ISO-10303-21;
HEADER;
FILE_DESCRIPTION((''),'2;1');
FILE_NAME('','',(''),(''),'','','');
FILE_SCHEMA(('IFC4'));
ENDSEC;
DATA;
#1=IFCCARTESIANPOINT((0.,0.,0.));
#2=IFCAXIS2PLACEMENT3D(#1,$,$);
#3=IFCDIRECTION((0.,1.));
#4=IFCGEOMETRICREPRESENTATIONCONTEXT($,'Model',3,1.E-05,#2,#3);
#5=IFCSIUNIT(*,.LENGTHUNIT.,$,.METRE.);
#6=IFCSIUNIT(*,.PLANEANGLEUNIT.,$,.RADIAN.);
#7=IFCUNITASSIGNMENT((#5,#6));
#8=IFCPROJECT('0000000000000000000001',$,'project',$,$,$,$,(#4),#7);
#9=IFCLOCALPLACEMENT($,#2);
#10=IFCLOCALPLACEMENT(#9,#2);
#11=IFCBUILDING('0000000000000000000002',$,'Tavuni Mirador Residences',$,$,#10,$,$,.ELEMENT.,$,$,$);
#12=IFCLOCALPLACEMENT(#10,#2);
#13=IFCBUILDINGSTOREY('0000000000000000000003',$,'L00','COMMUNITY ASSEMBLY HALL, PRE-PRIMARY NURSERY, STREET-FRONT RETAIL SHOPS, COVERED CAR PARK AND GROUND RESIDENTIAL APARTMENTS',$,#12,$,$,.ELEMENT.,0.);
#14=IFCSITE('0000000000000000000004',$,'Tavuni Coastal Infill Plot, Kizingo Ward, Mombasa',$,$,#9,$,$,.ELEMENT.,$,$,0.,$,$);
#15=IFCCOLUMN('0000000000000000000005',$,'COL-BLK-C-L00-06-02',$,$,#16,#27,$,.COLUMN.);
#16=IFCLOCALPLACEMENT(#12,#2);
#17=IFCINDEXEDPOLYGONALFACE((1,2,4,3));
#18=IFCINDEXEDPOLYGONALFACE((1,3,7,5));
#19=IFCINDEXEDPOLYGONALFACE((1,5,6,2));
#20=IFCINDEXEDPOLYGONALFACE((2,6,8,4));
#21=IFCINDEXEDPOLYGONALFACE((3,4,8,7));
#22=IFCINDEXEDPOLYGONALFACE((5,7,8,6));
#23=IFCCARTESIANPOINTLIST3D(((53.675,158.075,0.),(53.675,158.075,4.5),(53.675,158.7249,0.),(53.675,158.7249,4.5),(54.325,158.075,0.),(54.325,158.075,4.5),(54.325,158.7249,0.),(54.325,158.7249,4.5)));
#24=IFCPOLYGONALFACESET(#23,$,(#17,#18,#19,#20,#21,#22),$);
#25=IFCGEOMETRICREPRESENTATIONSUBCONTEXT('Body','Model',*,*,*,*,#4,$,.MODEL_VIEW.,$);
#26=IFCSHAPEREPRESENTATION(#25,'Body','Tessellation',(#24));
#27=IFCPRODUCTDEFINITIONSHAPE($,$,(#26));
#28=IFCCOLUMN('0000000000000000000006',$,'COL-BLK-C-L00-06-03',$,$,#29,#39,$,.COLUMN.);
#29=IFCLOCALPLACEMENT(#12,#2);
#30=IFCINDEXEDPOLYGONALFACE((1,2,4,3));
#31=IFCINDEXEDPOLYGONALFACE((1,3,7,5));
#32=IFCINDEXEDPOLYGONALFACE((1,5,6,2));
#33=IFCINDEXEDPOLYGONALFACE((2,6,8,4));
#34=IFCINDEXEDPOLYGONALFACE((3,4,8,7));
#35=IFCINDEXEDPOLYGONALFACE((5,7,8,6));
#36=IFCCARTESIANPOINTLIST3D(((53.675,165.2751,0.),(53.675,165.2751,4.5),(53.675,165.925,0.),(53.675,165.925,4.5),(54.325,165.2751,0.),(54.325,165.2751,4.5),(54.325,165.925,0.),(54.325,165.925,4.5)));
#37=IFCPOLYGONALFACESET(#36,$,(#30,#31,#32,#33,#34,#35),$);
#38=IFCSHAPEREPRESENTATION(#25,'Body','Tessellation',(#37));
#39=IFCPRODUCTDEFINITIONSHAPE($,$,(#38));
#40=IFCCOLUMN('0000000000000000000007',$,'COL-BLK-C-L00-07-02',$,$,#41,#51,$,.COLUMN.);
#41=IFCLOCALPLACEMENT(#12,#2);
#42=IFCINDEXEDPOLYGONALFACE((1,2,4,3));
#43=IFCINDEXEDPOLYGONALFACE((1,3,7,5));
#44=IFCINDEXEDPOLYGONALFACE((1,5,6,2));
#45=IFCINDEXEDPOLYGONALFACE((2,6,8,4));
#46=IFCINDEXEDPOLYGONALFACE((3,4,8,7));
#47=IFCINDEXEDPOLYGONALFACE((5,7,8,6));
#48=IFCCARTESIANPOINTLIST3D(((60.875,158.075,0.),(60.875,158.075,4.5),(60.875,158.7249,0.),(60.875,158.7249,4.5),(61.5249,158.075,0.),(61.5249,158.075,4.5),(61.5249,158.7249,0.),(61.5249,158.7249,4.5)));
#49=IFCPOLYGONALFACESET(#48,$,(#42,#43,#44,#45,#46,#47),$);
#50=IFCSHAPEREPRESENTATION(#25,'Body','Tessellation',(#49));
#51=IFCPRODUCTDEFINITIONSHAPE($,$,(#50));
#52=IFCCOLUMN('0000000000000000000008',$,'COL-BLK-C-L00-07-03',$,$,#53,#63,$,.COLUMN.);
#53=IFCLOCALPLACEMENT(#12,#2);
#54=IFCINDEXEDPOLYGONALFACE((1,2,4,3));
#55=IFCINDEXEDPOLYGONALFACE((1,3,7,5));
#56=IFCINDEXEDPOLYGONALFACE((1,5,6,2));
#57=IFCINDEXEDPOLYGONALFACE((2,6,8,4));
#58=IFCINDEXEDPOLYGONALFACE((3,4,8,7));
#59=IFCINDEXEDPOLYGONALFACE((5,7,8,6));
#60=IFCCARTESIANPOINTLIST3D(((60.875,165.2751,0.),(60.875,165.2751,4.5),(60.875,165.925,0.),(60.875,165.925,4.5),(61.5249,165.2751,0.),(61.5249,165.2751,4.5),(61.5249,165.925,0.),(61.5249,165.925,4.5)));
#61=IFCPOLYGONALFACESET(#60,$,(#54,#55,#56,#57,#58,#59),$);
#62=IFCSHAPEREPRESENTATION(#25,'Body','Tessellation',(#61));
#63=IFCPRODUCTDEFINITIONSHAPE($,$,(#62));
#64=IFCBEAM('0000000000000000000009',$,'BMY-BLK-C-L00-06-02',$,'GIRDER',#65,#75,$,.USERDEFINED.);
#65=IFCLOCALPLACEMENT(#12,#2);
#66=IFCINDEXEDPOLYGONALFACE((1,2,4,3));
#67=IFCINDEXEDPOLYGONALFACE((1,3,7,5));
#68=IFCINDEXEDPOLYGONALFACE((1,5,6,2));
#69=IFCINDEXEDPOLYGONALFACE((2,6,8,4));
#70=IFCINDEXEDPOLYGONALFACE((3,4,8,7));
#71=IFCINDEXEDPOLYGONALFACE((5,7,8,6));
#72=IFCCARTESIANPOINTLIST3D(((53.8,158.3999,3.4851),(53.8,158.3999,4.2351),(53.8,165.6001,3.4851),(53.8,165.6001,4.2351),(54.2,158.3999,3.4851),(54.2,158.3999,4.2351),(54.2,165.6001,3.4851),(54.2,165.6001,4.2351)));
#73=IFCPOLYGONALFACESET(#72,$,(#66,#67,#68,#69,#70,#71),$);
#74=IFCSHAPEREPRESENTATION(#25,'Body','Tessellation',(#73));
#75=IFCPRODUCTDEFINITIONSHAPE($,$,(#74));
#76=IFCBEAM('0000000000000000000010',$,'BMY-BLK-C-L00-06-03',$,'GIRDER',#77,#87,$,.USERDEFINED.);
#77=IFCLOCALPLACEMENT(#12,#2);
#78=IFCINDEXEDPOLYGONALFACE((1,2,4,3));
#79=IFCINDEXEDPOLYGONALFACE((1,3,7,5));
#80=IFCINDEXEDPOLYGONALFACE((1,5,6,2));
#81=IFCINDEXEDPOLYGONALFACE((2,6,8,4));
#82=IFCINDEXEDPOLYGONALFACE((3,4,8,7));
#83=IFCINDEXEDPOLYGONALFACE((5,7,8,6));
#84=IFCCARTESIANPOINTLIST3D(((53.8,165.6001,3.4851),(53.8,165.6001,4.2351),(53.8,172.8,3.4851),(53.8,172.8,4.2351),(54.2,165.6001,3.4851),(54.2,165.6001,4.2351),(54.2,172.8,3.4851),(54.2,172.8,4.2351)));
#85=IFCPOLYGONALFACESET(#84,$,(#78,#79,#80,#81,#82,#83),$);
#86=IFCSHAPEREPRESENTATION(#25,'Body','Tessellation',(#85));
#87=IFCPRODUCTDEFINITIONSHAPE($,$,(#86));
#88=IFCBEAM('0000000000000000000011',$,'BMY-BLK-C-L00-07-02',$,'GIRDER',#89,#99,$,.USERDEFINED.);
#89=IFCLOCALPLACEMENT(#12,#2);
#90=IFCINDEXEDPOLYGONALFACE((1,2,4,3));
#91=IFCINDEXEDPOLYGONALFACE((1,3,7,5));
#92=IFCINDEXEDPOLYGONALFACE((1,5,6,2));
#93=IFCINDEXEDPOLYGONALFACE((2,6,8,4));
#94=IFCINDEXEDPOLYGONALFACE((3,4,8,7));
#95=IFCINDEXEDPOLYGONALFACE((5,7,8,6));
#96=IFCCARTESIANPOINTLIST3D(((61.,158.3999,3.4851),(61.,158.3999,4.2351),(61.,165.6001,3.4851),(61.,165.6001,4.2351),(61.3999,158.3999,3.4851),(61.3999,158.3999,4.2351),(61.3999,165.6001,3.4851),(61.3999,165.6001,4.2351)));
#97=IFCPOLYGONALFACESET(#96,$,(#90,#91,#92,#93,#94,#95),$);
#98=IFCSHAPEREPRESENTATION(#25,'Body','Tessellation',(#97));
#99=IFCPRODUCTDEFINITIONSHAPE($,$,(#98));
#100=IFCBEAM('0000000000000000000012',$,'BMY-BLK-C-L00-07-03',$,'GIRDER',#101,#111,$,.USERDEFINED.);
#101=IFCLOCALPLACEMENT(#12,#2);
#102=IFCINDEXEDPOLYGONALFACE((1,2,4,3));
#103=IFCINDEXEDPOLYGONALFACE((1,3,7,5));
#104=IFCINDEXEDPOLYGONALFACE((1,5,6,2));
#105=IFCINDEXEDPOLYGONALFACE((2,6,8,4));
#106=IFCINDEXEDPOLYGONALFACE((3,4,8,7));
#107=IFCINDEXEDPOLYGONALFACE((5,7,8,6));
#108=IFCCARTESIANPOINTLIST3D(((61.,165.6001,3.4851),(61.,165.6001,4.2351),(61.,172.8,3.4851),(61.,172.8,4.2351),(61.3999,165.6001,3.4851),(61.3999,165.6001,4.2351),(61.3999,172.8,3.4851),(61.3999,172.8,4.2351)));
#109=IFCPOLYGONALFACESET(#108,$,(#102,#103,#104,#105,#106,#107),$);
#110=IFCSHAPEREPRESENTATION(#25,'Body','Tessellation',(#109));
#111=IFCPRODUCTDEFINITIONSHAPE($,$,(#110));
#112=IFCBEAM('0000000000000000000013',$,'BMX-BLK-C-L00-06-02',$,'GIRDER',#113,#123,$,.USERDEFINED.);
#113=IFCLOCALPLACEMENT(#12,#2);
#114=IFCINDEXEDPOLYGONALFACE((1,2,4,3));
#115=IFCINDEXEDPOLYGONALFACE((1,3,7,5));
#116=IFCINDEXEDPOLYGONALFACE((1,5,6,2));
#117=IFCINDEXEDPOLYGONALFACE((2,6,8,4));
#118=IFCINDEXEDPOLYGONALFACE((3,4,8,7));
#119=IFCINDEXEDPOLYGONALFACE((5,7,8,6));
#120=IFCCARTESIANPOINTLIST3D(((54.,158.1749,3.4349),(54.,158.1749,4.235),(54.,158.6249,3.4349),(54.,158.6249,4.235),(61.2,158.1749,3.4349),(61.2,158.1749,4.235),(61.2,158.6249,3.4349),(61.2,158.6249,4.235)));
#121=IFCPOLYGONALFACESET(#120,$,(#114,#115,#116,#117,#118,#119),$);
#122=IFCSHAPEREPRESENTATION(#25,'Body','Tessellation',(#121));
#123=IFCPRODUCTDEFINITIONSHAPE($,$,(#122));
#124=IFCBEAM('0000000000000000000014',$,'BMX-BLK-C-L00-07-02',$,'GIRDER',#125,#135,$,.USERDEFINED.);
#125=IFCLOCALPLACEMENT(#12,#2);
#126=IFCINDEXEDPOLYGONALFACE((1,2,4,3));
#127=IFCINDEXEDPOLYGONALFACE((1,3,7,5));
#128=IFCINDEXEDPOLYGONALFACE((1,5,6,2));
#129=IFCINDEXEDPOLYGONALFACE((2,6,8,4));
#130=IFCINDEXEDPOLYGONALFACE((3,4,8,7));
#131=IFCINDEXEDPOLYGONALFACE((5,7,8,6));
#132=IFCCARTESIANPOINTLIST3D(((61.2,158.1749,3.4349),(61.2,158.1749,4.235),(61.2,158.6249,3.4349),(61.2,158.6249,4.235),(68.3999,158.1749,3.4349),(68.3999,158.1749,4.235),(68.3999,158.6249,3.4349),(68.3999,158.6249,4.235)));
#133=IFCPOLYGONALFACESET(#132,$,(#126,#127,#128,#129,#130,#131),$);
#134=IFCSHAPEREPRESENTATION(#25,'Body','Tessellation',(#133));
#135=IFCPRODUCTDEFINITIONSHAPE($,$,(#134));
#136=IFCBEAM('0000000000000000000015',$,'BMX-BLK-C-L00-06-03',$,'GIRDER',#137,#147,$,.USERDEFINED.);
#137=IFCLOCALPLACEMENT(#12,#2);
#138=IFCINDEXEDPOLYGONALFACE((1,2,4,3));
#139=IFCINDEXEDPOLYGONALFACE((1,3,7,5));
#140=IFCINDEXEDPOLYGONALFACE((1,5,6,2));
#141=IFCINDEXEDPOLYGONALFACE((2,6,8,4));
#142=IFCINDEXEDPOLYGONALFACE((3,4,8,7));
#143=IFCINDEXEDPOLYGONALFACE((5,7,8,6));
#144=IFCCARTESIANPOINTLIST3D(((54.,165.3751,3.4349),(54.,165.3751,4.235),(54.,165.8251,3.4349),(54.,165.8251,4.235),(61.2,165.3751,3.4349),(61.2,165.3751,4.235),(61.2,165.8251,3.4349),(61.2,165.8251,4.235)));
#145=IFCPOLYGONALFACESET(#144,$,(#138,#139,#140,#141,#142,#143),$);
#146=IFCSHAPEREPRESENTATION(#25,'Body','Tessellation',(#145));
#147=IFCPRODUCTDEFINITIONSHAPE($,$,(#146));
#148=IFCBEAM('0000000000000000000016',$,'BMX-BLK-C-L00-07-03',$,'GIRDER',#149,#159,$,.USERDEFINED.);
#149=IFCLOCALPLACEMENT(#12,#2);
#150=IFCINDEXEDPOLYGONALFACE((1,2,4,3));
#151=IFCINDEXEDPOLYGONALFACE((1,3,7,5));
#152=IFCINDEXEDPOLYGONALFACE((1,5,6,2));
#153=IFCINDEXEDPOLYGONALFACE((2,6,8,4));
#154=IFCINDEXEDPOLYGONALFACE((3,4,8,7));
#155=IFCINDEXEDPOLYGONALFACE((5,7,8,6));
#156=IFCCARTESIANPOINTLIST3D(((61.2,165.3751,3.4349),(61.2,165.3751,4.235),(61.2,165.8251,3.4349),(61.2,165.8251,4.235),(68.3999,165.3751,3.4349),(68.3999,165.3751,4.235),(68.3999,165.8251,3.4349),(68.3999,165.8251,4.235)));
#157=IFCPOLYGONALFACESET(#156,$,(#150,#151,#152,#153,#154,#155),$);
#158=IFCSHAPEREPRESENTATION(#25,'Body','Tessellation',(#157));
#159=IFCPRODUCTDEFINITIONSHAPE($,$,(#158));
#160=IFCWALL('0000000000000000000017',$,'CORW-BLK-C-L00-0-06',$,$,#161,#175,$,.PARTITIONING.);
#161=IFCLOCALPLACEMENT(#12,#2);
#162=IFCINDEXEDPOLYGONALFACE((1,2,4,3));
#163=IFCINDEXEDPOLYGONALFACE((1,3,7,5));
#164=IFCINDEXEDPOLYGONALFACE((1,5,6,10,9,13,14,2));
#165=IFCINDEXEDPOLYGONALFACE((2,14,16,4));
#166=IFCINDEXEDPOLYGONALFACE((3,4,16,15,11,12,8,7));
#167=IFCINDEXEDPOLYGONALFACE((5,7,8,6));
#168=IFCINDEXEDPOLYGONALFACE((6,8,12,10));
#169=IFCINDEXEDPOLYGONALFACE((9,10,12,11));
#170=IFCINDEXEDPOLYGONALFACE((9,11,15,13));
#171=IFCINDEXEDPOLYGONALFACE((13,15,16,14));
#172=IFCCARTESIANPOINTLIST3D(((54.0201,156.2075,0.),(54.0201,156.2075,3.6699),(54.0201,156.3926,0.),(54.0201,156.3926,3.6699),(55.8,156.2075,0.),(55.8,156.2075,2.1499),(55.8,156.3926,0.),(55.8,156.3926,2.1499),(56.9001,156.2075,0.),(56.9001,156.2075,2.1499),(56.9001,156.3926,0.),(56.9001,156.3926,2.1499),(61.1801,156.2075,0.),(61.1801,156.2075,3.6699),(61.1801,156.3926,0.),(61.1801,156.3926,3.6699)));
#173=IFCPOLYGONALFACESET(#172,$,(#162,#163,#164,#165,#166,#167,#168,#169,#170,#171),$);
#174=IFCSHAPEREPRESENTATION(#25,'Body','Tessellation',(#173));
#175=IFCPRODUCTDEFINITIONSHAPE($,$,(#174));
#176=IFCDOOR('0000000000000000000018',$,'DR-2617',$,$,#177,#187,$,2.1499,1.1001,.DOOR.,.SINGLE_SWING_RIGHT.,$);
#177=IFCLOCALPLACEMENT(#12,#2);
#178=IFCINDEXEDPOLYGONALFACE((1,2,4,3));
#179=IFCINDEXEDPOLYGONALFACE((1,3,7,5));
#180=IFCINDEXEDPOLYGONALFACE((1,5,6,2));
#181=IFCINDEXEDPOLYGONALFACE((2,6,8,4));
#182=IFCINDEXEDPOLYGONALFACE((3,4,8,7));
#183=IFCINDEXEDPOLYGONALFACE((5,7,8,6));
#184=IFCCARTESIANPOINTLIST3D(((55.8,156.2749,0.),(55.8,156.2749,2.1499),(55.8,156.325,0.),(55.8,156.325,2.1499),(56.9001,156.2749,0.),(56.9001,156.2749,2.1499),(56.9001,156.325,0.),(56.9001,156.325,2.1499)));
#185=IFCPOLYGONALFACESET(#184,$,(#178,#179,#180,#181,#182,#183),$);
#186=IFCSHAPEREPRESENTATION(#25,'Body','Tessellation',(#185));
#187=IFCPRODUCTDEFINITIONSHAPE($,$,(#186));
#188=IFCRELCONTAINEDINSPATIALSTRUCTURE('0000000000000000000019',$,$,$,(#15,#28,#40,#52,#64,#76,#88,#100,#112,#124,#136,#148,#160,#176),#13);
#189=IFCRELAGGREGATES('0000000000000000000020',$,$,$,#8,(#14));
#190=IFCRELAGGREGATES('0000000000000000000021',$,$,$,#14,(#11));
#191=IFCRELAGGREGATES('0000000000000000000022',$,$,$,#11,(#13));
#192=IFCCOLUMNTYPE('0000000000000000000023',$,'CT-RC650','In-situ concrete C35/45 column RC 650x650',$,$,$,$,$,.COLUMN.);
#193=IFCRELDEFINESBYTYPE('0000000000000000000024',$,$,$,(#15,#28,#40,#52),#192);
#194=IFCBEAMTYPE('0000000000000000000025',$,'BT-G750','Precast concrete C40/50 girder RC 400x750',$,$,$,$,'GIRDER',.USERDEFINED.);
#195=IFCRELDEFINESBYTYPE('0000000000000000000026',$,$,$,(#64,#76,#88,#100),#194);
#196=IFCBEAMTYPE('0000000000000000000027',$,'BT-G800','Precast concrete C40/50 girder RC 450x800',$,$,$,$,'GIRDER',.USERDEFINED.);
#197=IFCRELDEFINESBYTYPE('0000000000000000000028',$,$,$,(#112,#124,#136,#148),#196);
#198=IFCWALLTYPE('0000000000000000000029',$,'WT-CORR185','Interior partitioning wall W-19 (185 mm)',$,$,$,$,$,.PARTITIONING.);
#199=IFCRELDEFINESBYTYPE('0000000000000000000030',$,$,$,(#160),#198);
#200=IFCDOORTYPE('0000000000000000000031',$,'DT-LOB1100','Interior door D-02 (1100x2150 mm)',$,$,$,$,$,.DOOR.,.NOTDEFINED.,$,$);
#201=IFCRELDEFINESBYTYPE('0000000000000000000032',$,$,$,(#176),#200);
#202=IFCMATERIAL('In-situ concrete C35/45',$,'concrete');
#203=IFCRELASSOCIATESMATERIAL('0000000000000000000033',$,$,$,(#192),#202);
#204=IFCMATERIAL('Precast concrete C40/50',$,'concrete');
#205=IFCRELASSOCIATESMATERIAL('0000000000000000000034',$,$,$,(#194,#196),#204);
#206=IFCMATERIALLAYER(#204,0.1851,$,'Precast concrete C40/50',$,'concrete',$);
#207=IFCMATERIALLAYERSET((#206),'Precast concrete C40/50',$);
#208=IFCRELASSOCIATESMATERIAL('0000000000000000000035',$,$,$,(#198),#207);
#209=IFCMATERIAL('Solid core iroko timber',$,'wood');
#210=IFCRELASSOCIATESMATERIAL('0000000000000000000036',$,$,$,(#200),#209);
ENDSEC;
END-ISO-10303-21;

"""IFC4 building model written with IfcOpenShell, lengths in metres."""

from ifc_helpers import new_model, si_unit, direction, frame, frame_2d, origin, origin_2d, place, context, subcontext, project, spatial, rectangle, extrude, material, layer, layer_set, material_profile, profile_set, type_object, element, fill, save


model = new_model("IFC4")

# Units and contexts
model_context = context("Model", 3, precision=1e-05, world=origin(), true_north=direction((0.0, 1.0)))
body_context = subcontext(model_context, "Body", "Model", "MODEL_VIEW")
ifc_project = project(units=[si_unit("LENGTHUNIT", "METRE"), si_unit("PLANEANGLEUNIT", "RADIAN")], contexts=[model_context])

# Site, building, storey
site_placement = place(None, origin())
site = spatial("IfcSite", under=ifc_project, at=site_placement, Name="Tavuni Coastal Infill Plot, Kizingo Ward, Mombasa", CompositionType="ELEMENT", RefElevation=0.0)
building_placement = place(site_placement, origin())
building = spatial("IfcBuilding", under=site, at=building_placement, Name="Tavuni Mirador Residences", CompositionType="ELEMENT")
storey_placement = place(building_placement, origin())
storey = spatial("IfcBuildingStorey", under=building, at=storey_placement, Name="L00", Description="COMMUNITY ASSEMBLY HALL, PRE-PRIMARY NURSERY, STREET-FRONT RETAIL SHOPS, COVERED CAR PARK AND GROUND RESIDENTIAL APARTMENTS", CompositionType="ELEMENT", Elevation=0.0)

# Columns
ifc_material_1 = material(Name="In-situ concrete C35/45", Category="concrete")
ifc_material_profile_1 = material_profile(ifc_material_1, rectangle(XDim=0.6499, YDim=0.6499, at=origin_2d()), Name="RC 650x650", Category="concrete")
ifc_profile_set_1 = profile_set([ifc_material_profile_1], Name="In-situ concrete C35/45")
column_type = type_object("IfcColumnType", Name="CT-RC650", Description="In-situ concrete C35/45 column RC 650x650", PredefinedType="COLUMN", material=ifc_profile_set_1)
for number, where, z_axis, x_axis, name in (
    (1, (54.0, 158.3999, 0.0), (0.0, 0.0, 1.0), (1.0, 0.0, 0.0), "COL-BLK-C-L00-06-02"),
    (2, (54.0, 165.6001, 0.0), (0.0, 0.0, 1.0), (1.0, 0.0, 0.0), "COL-BLK-C-L00-06-03"),
    (3, (61.2, 158.3999, 0.0), (0.0, 0.0, 1.0), (1.0, 0.0, 0.0), "COL-BLK-C-L00-07-02"),
    (4, (61.2, 165.6001, 0.0), (0.0, 0.0, 1.0), (1.0, 0.0, 0.0), "COL-BLK-C-L00-07-03"),
):
    element("IfcColumn", number, at=place(storey_placement, frame(where, z_axis=z_axis, x_axis=x_axis)), inside=storey, type_object=column_type, Name=name, PredefinedType="COLUMN", context=body_context, shape_type="SweptSolid", body=[
        extrude(rectangle(XDim=0.6499, YDim=0.6499, at=origin_2d()), origin(), (0.0, 0.0, 1.0), 4.5),
    ])

# Beams
ifc_material_2 = material(Name="Precast concrete C40/50", Category="concrete")
ifc_material_profile_2 = material_profile(ifc_material_2, rectangle(XDim=0.3999, YDim=0.75, at=origin_2d()), Name="RC 400x750", Category="concrete")
ifc_profile_set_2 = profile_set([ifc_material_profile_2], Name="Precast concrete C40/50")
beam_type_1 = type_object("IfcBeamType", Name="BT-G750", Description="Precast concrete C40/50 girder RC 400x750", ElementType="GIRDER", PredefinedType="USERDEFINED", material=ifc_profile_set_2)
beam_1_placement = place(storey_placement, frame((54.0, 158.3999, 3.8601), z_axis=(0.0, 1.0, 0.0), x_axis=(-1.0, 0.0, 0.0)))
element("IfcBeam", 5, at=beam_1_placement, inside=storey, type_object=beam_type_1, Name="BMY-BLK-C-L00-06-02", ObjectType="GIRDER", PredefinedType="USERDEFINED", context=body_context, shape_type="SweptSolid", body=[
    extrude(rectangle(XDim=0.3999, YDim=0.75, at=origin_2d()), origin(), (0.0, 0.0, 1.0), 7.2002),
])
beam_2_placement = place(storey_placement, frame((54.0, 165.6001, 3.8601), z_axis=(0.0, 1.0, 0.0), x_axis=(-1.0, 0.0, 0.0)))
element("IfcBeam", 6, at=beam_2_placement, inside=storey, type_object=beam_type_1, Name="BMY-BLK-C-L00-06-03", ObjectType="GIRDER", PredefinedType="USERDEFINED", context=body_context, shape_type="SweptSolid", body=[
    extrude(rectangle(XDim=0.3999, YDim=0.75, at=origin_2d()), origin(), (0.0, 0.0, 1.0), 7.2),
])
beam_3_placement = place(storey_placement, frame((61.2, 158.3999, 3.8601), z_axis=(0.0, 1.0, 0.0), x_axis=(-1.0, 0.0, 0.0)))
element("IfcBeam", 7, at=beam_3_placement, inside=storey, type_object=beam_type_1, Name="BMY-BLK-C-L00-07-02", ObjectType="GIRDER", PredefinedType="USERDEFINED", context=body_context, shape_type="SweptSolid", body=[
    extrude(rectangle(XDim=0.3999, YDim=0.75, at=origin_2d()), origin(), (0.0, 0.0, 1.0), 7.2002),
])
beam_4_placement = place(storey_placement, frame((61.2, 165.6001, 3.8601), z_axis=(0.0, 1.0, 0.0), x_axis=(-1.0, 0.0, 0.0)))
element("IfcBeam", 8, at=beam_4_placement, inside=storey, type_object=beam_type_1, Name="BMY-BLK-C-L00-07-03", ObjectType="GIRDER", PredefinedType="USERDEFINED", context=body_context, shape_type="SweptSolid", body=[
    extrude(rectangle(XDim=0.3999, YDim=0.75, at=origin_2d()), origin(), (0.0, 0.0, 1.0), 7.2),
])
ifc_material_profile_3 = material_profile(ifc_material_2, rectangle(XDim=0.45, YDim=0.8, at=origin_2d()), Name="RC 450x800", Category="concrete")
ifc_profile_set_3 = profile_set([ifc_material_profile_3], Name="Precast concrete C40/50")
beam_type_2 = type_object("IfcBeamType", Name="BT-G800", Description="Precast concrete C40/50 girder RC 450x800", ElementType="GIRDER", PredefinedType="USERDEFINED", material=ifc_profile_set_3)
for number, where, z_axis, x_axis, name in (
    (9, (54.0, 158.3999, 3.835), (1.0, 0.0, 0.0), (0.0, 1.0, 0.0), "BMX-BLK-C-L00-06-02"),
    (10, (61.2, 158.3999, 3.835), (1.0, 0.0, 0.0), (0.0, 1.0, 0.0), "BMX-BLK-C-L00-07-02"),
    (11, (54.0, 165.6001, 3.835), (1.0, 0.0, 0.0), (0.0, 1.0, 0.0), "BMX-BLK-C-L00-06-03"),
    (12, (61.2, 165.6001, 3.835), (1.0, 0.0, 0.0), (0.0, 1.0, 0.0), "BMX-BLK-C-L00-07-03"),
):
    element("IfcBeam", number, at=place(storey_placement, frame(where, z_axis=z_axis, x_axis=x_axis)), inside=storey, type_object=beam_type_2, Name=name, ObjectType="GIRDER", PredefinedType="USERDEFINED", context=body_context, shape_type="SweptSolid", body=[
        extrude(rectangle(XDim=0.45, YDim=0.8, at=origin_2d()), origin(), (0.0, 0.0, 1.0), 7.2),
    ])

# Wall, opening, door
ifc_layer_1 = layer(ifc_material_2, 0.1851, Name="Precast concrete C40/50", Category="concrete")
ifc_layer_set_1 = layer_set([ifc_layer_1], Name="Precast concrete C40/50")
wall_type_1 = type_object("IfcWallType", Name="WT-CORR185", Description="Interior partitioning wall W-19 (185 mm)", PredefinedType="PARTITIONING", material=ifc_layer_set_1)
wall_1_placement = place(storey_placement, frame((54.02, 156.3, 0.0), z_axis=(0.0, 0.0, 1.0), x_axis=(1.0, 0.0, 0.0)))
wall_1 = element("IfcWall", 13, at=wall_1_placement, inside=storey, type_object=wall_type_1, Name="CORW-BLK-C-L00-0-06", PredefinedType="PARTITIONING", context=body_context, shape_type="SweptSolid", body=[
    extrude(rectangle(XDim=7.1599, YDim=0.1851, at=frame_2d((3.5801, 0.0))), origin(), (0.0, 0.0, 1.0), 3.6699),
])
opening_1_placement = place(wall_1_placement, frame((1.78, 0.0, 0.0)))
opening_1 = element("IfcOpeningElement", 14, at=opening_1_placement, cuts=wall_1, PredefinedType="OPENING", context=body_context, shape_type="SweptSolid", body=[
    extrude(rectangle(XDim=1.1001, YDim=2.1499, at=frame_2d((0.55, 1.075))), frame((0.0, 0.1025, 0.0), z_axis=(0.0, -1.0, 0.0), x_axis=(1.0, 0.0, 0.0)), (0.0, 0.0, 1.0), 0.2051),
])
ifc_material_3 = material(Name="Solid core iroko timber", Category="wood")
door_type_1 = type_object("IfcDoorType", Name="DT-LOB1100", Description="Interior door D-02 (1100x2150 mm)", OperationType="NOTDEFINED", PredefinedType="DOOR", material=ifc_material_3)
door_1_placement = place(opening_1_placement, origin())
door_1 = element("IfcDoor", 15, at=door_1_placement, inside=storey, type_object=door_type_1, Name="DR-2617", OperationType="SINGLE_SWING_RIGHT", OverallHeight=2.1499, OverallWidth=1.1001, PredefinedType="DOOR", context=body_context, shape_type="SweptSolid", body=[
    extrude(rectangle(XDim=1.1001, YDim=2.1499, at=frame_2d((0.55, 1.075))), frame((0.0, 0.0249, 0.0), z_axis=(0.0, -1.0, 0.0), x_axis=(1.0, 0.0, 0.0)), (0.0, 0.0, 1.0), 0.05),
])
fill(opening_1, door_1)

save(model, "model.ifc")
